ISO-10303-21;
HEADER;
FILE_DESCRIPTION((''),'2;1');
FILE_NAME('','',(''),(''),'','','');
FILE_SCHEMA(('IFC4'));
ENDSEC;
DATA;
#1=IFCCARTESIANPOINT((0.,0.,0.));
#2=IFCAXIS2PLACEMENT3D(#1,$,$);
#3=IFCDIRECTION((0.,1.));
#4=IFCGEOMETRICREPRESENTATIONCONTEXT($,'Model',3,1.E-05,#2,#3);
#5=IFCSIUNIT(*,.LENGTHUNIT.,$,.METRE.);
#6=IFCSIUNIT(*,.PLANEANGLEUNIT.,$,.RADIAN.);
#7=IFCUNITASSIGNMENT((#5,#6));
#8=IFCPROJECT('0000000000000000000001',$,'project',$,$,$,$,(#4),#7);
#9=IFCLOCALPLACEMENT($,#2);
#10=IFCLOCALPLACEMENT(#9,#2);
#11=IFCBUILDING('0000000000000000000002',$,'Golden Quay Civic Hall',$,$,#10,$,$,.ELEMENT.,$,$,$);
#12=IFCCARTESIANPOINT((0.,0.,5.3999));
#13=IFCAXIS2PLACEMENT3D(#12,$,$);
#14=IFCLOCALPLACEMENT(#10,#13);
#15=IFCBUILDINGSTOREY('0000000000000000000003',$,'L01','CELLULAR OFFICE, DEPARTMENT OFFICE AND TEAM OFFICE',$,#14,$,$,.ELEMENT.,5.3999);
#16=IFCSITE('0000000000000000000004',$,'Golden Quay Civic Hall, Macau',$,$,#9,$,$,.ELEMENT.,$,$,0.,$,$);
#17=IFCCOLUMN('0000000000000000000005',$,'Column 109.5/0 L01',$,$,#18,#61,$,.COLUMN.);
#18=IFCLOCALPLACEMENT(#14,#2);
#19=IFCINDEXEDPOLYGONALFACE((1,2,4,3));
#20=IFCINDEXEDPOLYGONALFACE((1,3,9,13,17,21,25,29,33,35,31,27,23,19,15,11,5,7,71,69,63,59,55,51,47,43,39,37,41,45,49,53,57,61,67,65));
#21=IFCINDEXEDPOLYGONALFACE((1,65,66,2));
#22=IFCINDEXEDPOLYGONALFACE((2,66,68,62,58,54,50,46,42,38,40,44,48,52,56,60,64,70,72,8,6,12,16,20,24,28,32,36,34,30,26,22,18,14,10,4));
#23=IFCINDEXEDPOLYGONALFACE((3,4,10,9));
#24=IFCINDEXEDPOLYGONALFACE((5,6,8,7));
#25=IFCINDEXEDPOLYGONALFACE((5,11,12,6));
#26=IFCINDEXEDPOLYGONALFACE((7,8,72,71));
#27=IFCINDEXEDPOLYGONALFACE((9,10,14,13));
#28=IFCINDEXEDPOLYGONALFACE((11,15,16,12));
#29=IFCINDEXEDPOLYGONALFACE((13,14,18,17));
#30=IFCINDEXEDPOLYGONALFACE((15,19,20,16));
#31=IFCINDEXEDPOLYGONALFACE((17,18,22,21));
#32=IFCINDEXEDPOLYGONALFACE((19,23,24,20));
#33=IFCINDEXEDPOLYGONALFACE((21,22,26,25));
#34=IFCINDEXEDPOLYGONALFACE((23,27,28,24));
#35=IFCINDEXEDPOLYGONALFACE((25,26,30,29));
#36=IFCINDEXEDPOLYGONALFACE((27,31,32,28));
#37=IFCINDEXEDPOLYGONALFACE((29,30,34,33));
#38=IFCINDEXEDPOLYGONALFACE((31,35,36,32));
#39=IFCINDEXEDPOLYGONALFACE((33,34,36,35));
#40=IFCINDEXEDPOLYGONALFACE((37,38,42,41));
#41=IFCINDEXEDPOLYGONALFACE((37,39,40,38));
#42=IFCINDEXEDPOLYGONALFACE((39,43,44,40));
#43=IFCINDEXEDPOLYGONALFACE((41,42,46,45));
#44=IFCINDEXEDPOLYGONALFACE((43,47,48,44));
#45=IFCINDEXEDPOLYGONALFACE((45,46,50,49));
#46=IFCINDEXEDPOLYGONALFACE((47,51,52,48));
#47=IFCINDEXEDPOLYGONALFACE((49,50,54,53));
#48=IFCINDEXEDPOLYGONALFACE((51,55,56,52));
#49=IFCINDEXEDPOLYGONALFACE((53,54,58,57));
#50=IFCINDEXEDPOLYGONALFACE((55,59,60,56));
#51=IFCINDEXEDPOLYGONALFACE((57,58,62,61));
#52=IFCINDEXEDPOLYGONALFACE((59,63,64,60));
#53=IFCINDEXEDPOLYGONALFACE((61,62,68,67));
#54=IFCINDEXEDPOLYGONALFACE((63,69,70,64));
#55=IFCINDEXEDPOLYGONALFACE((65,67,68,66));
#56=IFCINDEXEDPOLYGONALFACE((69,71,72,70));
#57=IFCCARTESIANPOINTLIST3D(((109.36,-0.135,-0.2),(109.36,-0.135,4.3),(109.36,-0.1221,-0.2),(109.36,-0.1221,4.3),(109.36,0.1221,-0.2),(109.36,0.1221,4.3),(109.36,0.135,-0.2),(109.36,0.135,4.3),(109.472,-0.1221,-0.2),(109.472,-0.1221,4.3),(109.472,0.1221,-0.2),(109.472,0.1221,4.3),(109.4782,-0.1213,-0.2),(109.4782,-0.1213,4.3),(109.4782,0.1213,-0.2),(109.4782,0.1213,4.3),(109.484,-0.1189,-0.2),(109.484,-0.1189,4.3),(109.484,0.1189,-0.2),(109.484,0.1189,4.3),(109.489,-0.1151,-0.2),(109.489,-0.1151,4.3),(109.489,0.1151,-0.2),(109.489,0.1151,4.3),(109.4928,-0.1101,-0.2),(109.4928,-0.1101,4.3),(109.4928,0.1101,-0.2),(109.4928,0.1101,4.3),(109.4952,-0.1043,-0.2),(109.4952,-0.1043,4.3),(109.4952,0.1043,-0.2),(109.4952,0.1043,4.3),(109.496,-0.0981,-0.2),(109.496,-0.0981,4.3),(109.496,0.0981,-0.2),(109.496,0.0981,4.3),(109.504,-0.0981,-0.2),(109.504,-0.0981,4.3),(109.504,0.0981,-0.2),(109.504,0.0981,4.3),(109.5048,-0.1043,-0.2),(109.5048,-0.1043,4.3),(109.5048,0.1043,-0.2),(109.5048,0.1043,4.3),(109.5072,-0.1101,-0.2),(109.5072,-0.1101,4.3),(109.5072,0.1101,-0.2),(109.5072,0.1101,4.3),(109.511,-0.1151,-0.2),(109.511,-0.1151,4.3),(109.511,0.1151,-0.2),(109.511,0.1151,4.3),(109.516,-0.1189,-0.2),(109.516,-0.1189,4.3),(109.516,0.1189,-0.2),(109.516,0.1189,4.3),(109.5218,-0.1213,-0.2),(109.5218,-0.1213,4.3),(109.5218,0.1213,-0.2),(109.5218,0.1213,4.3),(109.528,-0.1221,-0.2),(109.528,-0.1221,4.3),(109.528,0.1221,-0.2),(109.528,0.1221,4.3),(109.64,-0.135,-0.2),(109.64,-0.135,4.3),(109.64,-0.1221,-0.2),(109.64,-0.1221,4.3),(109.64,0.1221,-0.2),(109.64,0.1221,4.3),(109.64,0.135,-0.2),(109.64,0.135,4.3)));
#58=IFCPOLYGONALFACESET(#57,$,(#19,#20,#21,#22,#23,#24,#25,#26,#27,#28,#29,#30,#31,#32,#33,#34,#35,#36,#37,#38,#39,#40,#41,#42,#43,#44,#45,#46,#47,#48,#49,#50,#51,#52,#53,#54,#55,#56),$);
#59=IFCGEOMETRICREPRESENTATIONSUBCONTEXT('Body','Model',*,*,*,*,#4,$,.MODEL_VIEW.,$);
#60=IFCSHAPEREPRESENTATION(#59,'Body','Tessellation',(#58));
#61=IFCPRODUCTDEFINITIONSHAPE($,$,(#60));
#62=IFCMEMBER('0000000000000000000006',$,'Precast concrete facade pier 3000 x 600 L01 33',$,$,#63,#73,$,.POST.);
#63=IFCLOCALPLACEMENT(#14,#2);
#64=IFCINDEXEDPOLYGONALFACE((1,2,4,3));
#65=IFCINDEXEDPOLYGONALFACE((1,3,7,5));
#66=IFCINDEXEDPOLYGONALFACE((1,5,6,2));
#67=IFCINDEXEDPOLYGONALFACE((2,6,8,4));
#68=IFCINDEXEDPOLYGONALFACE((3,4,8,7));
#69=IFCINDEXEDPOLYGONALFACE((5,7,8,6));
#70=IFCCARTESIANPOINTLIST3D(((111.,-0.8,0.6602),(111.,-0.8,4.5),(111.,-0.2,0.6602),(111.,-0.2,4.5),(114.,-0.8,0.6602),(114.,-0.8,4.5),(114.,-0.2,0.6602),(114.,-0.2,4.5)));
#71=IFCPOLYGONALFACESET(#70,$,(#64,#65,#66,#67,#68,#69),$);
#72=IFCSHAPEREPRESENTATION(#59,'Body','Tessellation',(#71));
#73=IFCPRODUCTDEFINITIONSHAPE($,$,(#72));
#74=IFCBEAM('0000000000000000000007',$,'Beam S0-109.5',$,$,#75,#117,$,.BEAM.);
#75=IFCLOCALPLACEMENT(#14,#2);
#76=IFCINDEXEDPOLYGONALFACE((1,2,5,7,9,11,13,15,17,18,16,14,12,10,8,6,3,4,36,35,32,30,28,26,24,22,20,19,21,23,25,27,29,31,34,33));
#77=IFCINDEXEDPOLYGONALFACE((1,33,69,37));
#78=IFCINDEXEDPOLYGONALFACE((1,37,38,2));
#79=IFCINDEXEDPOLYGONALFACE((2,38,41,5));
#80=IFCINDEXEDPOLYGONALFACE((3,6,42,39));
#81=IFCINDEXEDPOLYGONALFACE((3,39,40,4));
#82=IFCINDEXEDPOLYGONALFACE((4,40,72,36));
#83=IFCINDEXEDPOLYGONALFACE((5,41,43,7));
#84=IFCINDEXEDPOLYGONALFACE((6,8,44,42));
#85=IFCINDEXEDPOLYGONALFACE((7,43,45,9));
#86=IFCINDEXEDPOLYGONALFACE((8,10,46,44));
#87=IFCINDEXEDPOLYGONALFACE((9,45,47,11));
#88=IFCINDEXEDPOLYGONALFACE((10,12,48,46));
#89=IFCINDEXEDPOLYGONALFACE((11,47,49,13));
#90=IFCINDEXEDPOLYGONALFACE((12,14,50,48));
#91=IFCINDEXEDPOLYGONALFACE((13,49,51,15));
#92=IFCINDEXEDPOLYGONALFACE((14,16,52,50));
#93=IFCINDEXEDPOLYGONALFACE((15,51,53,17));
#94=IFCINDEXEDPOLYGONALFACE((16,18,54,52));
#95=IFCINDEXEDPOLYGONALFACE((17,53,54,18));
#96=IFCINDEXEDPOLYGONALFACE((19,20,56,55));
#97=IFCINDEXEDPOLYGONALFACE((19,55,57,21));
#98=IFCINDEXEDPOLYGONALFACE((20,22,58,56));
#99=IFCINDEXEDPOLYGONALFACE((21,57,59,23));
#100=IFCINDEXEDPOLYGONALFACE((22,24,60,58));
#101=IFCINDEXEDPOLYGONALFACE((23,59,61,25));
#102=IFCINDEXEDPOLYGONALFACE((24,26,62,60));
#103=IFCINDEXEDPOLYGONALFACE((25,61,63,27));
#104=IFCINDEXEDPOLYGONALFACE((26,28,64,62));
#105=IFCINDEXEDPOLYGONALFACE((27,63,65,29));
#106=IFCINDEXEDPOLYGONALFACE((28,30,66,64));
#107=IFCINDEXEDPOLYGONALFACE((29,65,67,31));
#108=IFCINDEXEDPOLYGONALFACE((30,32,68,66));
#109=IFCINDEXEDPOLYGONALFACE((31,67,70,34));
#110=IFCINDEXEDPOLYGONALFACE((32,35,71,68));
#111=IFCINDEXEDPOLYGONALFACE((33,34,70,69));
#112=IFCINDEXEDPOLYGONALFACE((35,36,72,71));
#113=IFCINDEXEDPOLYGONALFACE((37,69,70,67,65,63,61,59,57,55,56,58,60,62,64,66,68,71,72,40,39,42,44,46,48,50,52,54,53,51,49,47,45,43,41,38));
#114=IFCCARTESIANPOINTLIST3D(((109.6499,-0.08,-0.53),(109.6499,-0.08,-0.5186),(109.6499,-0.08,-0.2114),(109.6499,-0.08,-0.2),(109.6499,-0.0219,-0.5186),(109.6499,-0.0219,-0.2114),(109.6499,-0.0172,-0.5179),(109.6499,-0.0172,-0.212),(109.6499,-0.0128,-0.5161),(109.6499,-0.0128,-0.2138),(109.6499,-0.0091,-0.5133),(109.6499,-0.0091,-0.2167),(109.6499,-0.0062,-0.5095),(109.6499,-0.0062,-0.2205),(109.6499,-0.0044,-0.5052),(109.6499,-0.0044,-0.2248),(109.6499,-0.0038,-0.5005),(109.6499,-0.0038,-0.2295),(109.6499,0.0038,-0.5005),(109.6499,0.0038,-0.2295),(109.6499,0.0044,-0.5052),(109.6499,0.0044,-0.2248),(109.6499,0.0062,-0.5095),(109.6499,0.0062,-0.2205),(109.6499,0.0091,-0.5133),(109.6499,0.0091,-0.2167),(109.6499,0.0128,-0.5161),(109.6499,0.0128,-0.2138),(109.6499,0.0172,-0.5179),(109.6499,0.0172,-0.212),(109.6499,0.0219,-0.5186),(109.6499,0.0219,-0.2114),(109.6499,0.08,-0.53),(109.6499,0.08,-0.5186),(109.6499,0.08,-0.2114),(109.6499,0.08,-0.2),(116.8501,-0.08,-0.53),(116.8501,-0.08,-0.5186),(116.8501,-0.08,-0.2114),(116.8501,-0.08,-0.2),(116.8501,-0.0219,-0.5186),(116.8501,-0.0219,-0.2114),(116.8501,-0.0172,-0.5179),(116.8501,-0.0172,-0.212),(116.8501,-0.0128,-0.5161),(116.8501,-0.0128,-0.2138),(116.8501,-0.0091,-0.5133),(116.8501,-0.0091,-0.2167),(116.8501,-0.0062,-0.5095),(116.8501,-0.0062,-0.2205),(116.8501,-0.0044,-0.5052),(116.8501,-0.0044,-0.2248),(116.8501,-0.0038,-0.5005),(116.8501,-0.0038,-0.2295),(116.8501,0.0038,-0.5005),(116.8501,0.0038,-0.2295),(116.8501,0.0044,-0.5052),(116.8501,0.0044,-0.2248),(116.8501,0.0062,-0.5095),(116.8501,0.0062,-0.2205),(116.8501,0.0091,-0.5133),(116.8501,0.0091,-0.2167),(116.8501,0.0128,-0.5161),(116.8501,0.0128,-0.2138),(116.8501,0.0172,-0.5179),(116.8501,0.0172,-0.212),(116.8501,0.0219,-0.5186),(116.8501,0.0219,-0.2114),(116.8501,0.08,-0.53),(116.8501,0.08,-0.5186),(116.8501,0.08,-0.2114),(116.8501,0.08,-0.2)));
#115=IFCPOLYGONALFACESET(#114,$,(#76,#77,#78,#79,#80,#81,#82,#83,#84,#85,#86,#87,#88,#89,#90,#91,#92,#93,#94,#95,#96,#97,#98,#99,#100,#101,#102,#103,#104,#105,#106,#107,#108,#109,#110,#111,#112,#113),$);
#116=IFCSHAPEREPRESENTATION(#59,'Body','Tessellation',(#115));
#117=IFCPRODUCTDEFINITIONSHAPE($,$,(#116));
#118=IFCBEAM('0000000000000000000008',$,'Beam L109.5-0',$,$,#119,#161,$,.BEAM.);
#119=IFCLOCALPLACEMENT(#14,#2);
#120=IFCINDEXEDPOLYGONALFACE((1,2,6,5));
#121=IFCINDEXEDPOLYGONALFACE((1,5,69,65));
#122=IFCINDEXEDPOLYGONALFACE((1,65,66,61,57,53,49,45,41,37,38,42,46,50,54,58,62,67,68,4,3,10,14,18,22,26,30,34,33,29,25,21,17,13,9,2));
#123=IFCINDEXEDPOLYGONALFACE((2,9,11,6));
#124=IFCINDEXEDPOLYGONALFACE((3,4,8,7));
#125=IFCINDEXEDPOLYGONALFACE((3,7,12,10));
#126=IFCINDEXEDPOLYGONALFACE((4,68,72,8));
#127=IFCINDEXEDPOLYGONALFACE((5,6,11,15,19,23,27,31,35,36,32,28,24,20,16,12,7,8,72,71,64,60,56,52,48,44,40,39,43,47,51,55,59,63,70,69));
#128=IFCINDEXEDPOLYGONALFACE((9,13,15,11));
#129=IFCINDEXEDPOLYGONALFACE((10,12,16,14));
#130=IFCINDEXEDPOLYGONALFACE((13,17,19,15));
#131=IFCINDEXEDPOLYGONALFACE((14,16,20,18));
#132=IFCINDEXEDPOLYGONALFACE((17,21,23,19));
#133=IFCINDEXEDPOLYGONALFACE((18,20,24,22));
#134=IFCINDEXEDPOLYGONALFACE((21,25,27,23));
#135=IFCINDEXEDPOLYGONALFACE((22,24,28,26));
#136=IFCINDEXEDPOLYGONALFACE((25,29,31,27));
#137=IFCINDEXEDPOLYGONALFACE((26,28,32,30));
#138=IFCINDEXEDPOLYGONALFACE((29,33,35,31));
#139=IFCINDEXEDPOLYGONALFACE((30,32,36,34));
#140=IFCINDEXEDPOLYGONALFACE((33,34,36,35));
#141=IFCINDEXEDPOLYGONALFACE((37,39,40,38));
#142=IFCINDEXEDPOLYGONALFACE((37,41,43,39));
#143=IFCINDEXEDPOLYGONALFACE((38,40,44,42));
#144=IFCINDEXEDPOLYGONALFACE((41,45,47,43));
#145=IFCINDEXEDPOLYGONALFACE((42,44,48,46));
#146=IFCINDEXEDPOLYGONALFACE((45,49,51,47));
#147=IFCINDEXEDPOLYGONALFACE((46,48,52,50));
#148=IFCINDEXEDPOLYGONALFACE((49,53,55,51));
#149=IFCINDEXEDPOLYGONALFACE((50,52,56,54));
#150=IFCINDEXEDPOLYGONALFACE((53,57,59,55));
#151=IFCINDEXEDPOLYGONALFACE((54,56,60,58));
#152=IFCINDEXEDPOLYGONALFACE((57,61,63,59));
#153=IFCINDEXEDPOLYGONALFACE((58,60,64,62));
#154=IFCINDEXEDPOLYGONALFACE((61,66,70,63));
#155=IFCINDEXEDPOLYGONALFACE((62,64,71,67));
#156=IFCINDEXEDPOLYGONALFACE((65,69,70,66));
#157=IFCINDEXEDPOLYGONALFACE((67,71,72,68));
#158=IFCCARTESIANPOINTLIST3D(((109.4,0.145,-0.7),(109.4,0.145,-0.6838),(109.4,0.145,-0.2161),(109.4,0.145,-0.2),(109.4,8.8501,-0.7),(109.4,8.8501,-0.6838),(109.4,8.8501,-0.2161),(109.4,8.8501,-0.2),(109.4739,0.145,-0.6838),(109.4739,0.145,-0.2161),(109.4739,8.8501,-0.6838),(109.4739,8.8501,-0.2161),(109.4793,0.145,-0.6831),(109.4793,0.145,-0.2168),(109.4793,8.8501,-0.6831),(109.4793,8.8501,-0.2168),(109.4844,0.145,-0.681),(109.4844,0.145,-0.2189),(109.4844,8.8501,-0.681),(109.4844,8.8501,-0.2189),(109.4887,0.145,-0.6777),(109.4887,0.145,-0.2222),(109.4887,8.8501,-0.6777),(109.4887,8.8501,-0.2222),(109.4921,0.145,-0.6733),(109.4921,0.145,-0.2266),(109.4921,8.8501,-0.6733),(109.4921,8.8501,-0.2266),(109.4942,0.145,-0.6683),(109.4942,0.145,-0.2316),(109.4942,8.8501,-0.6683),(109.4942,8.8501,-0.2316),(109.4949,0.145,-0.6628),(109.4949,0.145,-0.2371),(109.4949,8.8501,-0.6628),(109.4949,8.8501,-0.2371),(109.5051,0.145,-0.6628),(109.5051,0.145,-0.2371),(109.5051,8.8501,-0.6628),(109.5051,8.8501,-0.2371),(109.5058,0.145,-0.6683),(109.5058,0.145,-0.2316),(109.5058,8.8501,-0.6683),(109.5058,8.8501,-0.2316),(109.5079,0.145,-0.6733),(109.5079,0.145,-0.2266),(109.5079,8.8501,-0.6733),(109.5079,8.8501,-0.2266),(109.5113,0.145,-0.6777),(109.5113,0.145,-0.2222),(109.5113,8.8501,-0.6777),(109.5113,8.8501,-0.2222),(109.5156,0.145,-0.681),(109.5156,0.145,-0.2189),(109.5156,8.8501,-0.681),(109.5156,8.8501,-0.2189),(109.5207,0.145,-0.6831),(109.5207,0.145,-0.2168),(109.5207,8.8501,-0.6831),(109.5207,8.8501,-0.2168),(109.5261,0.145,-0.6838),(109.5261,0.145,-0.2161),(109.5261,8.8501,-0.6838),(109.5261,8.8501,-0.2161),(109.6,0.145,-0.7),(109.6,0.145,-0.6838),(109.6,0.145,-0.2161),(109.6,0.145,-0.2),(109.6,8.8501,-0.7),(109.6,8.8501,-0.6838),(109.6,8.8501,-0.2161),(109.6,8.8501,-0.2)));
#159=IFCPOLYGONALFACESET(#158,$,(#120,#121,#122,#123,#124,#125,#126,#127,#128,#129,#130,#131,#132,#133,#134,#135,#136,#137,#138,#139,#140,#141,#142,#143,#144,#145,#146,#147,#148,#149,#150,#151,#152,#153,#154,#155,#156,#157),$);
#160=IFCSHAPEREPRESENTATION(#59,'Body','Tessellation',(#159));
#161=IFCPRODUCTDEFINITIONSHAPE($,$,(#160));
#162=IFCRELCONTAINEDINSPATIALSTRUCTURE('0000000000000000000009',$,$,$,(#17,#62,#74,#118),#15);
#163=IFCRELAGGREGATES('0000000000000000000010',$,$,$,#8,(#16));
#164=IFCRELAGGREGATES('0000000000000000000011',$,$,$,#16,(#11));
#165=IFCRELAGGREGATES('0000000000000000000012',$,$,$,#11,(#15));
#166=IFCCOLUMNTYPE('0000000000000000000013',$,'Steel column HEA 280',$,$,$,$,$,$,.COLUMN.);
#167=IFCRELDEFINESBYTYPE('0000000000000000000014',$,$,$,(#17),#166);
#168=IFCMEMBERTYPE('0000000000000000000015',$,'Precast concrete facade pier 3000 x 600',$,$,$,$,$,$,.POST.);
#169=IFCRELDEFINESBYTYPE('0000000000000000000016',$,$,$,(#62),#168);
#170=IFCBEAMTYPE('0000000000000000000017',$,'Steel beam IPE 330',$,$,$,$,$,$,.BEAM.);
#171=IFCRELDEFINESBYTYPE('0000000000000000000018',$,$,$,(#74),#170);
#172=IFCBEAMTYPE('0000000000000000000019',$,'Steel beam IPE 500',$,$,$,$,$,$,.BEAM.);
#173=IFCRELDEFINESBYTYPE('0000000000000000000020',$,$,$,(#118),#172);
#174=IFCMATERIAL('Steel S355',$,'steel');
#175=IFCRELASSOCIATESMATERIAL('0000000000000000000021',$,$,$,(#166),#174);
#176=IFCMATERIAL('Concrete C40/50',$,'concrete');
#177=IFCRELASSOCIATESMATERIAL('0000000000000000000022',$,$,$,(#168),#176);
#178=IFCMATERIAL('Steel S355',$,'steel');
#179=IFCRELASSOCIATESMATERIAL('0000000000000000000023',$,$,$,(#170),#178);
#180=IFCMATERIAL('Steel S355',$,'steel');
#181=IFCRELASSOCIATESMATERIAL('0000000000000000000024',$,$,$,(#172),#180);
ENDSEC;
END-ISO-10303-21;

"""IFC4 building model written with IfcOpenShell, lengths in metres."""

from ifc_helpers import new_model, si_unit, direction, frame, origin, origin_2d, place, context, subcontext, project, spatial, rectangle, i_section, extrude, material, material_profile, profile_set, type_object, element, save


model = new_model("IFC4")

# Units and contexts
model_context = context("Model", 3, precision=1e-05, world=origin(), true_north=direction((0.0, 1.0)))
body_context = subcontext(model_context, "Body", "Model", "MODEL_VIEW")
ifc_project = project(units=[si_unit("LENGTHUNIT", "METRE"), si_unit("PLANEANGLEUNIT", "RADIAN")], contexts=[model_context])

# Site, building, storey
site_placement = place(None, origin())
site = spatial("IfcSite", under=ifc_project, at=site_placement, Name="Golden Quay Civic Hall, Macau", CompositionType="ELEMENT", RefElevation=0.0)
building_placement = place(site_placement, origin())
building = spatial("IfcBuilding", under=site, at=building_placement, Name="Golden Quay Civic Hall", CompositionType="ELEMENT")
storey_placement = place(building_placement, frame((0.0, 0.0, 5.3999)))
storey = spatial("IfcBuildingStorey", under=building, at=storey_placement, Name="L01", Description="CELLULAR OFFICE, DEPARTMENT OFFICE AND TEAM OFFICE", CompositionType="ELEMENT", Elevation=5.3999)

# Column
ifc_material_1 = material(Name="Steel S355", Category="steel")
ifc_material_profile_1 = material_profile(ifc_material_1, i_section(OverallWidth=0.28, OverallDepth=0.27, WebThickness=0.0081, FlangeThickness=0.0129, FilletRadius=0.0239, at=origin_2d()), Name="HEA 280")
ifc_profile_set_1 = profile_set([ifc_material_profile_1], Name="Steel S355")
column_type = type_object("IfcColumnType", Name="Steel column HEA 280", PredefinedType="COLUMN", material=ifc_profile_set_1)
column_placement = place(storey_placement, frame((109.5, 0.0, -0.2), z_axis=(0.0, 0.0, 1.0), x_axis=(1.0, 0.0, 0.0)))
element("IfcColumn", 1, at=column_placement, inside=storey, type_object=column_type, Name="Column 109.5/0 L01", PredefinedType="COLUMN", context=body_context, shape_type="SweptSolid", body=[
    extrude(i_section(OverallWidth=0.28, OverallDepth=0.27, WebThickness=0.0081, FlangeThickness=0.0129, FilletRadius=0.0239, at=origin_2d()), origin(), (0.0, 0.0, 1.0), 4.5),
])

# Member
ifc_material_2 = material(Name="Concrete C40/50", Category="concrete")
ifc_material_profile_2 = material_profile(ifc_material_2, rectangle(XDim=3.0, YDim=0.6001, at=origin_2d()), Name="RC 3000x600")
ifc_profile_set_2 = profile_set([ifc_material_profile_2], Name="Concrete C40/50")
member_type = type_object("IfcMemberType", Name="Precast concrete facade pier 3000 x 600", PredefinedType="POST", material=ifc_profile_set_2)
member_placement = place(storey_placement, frame((112.5, -0.5, 0.6602), z_axis=(0.0, 0.0, 1.0), x_axis=(1.0, 0.0, 0.0)))
element("IfcMember", 2, at=member_placement, inside=storey, type_object=member_type, Name="Precast concrete facade pier 3000 x 600 L01 33", PredefinedType="POST", context=body_context, shape_type="SweptSolid", body=[
    extrude(rectangle(XDim=3.0, YDim=0.6001, at=origin_2d()), origin(), (0.0, 0.0, 1.0), 3.8398),
])

# Beams
ifc_material_3 = material(Name="Steel S355", Category="steel")
ifc_material_profile_3 = material_profile(ifc_material_3, i_section(OverallWidth=0.1599, OverallDepth=0.3301, WebThickness=0.0076, FlangeThickness=0.0115, FilletRadius=0.0181, at=origin_2d()), Name="IPE 330")
ifc_profile_set_3 = profile_set([ifc_material_profile_3], Name="Steel S355")
beam_type_1 = type_object("IfcBeamType", Name="Steel beam IPE 330", PredefinedType="BEAM", material=ifc_profile_set_3)
beam_1_placement = place(storey_placement, frame((109.6499, 0.0, -0.365), z_axis=(1.0, 0.0, 0.0), x_axis=(0.0, 1.0, 0.0)))
element("IfcBeam", 3, at=beam_1_placement, inside=storey, type_object=beam_type_1, Name="Beam S0-109.5", PredefinedType="BEAM", context=body_context, shape_type="SweptSolid", body=[
    extrude(i_section(OverallWidth=0.1599, OverallDepth=0.3301, WebThickness=0.0076, FlangeThickness=0.0115, FilletRadius=0.0181, at=origin_2d()), origin(), (0.0, 0.0, 1.0), 7.2002),
])
ifc_material_4 = material(Name="Steel S355", Category="steel")
ifc_material_profile_4 = material_profile(ifc_material_4, i_section(OverallWidth=0.2, OverallDepth=0.5, WebThickness=0.0103, FlangeThickness=0.0161, FilletRadius=0.021, at=origin_2d()), Name="IPE 500")
ifc_profile_set_4 = profile_set([ifc_material_profile_4], Name="Steel S355")
beam_type_2 = type_object("IfcBeamType", Name="Steel beam IPE 500", PredefinedType="BEAM", material=ifc_profile_set_4)
beam_2_placement = place(storey_placement, frame((109.5, 0.145, -0.45), z_axis=(0.0, 1.0, 0.0), x_axis=(-1.0, 0.0, 0.0)))
element("IfcBeam", 4, at=beam_2_placement, inside=storey, type_object=beam_type_2, Name="Beam L109.5-0", PredefinedType="BEAM", context=body_context, shape_type="SweptSolid", body=[
    extrude(i_section(OverallWidth=0.2, OverallDepth=0.5, WebThickness=0.0103, FlangeThickness=0.0161, FilletRadius=0.021, at=origin_2d()), origin(), (0.0, 0.0, 1.0), 8.7051),
])

save(model, "model.ifc")
